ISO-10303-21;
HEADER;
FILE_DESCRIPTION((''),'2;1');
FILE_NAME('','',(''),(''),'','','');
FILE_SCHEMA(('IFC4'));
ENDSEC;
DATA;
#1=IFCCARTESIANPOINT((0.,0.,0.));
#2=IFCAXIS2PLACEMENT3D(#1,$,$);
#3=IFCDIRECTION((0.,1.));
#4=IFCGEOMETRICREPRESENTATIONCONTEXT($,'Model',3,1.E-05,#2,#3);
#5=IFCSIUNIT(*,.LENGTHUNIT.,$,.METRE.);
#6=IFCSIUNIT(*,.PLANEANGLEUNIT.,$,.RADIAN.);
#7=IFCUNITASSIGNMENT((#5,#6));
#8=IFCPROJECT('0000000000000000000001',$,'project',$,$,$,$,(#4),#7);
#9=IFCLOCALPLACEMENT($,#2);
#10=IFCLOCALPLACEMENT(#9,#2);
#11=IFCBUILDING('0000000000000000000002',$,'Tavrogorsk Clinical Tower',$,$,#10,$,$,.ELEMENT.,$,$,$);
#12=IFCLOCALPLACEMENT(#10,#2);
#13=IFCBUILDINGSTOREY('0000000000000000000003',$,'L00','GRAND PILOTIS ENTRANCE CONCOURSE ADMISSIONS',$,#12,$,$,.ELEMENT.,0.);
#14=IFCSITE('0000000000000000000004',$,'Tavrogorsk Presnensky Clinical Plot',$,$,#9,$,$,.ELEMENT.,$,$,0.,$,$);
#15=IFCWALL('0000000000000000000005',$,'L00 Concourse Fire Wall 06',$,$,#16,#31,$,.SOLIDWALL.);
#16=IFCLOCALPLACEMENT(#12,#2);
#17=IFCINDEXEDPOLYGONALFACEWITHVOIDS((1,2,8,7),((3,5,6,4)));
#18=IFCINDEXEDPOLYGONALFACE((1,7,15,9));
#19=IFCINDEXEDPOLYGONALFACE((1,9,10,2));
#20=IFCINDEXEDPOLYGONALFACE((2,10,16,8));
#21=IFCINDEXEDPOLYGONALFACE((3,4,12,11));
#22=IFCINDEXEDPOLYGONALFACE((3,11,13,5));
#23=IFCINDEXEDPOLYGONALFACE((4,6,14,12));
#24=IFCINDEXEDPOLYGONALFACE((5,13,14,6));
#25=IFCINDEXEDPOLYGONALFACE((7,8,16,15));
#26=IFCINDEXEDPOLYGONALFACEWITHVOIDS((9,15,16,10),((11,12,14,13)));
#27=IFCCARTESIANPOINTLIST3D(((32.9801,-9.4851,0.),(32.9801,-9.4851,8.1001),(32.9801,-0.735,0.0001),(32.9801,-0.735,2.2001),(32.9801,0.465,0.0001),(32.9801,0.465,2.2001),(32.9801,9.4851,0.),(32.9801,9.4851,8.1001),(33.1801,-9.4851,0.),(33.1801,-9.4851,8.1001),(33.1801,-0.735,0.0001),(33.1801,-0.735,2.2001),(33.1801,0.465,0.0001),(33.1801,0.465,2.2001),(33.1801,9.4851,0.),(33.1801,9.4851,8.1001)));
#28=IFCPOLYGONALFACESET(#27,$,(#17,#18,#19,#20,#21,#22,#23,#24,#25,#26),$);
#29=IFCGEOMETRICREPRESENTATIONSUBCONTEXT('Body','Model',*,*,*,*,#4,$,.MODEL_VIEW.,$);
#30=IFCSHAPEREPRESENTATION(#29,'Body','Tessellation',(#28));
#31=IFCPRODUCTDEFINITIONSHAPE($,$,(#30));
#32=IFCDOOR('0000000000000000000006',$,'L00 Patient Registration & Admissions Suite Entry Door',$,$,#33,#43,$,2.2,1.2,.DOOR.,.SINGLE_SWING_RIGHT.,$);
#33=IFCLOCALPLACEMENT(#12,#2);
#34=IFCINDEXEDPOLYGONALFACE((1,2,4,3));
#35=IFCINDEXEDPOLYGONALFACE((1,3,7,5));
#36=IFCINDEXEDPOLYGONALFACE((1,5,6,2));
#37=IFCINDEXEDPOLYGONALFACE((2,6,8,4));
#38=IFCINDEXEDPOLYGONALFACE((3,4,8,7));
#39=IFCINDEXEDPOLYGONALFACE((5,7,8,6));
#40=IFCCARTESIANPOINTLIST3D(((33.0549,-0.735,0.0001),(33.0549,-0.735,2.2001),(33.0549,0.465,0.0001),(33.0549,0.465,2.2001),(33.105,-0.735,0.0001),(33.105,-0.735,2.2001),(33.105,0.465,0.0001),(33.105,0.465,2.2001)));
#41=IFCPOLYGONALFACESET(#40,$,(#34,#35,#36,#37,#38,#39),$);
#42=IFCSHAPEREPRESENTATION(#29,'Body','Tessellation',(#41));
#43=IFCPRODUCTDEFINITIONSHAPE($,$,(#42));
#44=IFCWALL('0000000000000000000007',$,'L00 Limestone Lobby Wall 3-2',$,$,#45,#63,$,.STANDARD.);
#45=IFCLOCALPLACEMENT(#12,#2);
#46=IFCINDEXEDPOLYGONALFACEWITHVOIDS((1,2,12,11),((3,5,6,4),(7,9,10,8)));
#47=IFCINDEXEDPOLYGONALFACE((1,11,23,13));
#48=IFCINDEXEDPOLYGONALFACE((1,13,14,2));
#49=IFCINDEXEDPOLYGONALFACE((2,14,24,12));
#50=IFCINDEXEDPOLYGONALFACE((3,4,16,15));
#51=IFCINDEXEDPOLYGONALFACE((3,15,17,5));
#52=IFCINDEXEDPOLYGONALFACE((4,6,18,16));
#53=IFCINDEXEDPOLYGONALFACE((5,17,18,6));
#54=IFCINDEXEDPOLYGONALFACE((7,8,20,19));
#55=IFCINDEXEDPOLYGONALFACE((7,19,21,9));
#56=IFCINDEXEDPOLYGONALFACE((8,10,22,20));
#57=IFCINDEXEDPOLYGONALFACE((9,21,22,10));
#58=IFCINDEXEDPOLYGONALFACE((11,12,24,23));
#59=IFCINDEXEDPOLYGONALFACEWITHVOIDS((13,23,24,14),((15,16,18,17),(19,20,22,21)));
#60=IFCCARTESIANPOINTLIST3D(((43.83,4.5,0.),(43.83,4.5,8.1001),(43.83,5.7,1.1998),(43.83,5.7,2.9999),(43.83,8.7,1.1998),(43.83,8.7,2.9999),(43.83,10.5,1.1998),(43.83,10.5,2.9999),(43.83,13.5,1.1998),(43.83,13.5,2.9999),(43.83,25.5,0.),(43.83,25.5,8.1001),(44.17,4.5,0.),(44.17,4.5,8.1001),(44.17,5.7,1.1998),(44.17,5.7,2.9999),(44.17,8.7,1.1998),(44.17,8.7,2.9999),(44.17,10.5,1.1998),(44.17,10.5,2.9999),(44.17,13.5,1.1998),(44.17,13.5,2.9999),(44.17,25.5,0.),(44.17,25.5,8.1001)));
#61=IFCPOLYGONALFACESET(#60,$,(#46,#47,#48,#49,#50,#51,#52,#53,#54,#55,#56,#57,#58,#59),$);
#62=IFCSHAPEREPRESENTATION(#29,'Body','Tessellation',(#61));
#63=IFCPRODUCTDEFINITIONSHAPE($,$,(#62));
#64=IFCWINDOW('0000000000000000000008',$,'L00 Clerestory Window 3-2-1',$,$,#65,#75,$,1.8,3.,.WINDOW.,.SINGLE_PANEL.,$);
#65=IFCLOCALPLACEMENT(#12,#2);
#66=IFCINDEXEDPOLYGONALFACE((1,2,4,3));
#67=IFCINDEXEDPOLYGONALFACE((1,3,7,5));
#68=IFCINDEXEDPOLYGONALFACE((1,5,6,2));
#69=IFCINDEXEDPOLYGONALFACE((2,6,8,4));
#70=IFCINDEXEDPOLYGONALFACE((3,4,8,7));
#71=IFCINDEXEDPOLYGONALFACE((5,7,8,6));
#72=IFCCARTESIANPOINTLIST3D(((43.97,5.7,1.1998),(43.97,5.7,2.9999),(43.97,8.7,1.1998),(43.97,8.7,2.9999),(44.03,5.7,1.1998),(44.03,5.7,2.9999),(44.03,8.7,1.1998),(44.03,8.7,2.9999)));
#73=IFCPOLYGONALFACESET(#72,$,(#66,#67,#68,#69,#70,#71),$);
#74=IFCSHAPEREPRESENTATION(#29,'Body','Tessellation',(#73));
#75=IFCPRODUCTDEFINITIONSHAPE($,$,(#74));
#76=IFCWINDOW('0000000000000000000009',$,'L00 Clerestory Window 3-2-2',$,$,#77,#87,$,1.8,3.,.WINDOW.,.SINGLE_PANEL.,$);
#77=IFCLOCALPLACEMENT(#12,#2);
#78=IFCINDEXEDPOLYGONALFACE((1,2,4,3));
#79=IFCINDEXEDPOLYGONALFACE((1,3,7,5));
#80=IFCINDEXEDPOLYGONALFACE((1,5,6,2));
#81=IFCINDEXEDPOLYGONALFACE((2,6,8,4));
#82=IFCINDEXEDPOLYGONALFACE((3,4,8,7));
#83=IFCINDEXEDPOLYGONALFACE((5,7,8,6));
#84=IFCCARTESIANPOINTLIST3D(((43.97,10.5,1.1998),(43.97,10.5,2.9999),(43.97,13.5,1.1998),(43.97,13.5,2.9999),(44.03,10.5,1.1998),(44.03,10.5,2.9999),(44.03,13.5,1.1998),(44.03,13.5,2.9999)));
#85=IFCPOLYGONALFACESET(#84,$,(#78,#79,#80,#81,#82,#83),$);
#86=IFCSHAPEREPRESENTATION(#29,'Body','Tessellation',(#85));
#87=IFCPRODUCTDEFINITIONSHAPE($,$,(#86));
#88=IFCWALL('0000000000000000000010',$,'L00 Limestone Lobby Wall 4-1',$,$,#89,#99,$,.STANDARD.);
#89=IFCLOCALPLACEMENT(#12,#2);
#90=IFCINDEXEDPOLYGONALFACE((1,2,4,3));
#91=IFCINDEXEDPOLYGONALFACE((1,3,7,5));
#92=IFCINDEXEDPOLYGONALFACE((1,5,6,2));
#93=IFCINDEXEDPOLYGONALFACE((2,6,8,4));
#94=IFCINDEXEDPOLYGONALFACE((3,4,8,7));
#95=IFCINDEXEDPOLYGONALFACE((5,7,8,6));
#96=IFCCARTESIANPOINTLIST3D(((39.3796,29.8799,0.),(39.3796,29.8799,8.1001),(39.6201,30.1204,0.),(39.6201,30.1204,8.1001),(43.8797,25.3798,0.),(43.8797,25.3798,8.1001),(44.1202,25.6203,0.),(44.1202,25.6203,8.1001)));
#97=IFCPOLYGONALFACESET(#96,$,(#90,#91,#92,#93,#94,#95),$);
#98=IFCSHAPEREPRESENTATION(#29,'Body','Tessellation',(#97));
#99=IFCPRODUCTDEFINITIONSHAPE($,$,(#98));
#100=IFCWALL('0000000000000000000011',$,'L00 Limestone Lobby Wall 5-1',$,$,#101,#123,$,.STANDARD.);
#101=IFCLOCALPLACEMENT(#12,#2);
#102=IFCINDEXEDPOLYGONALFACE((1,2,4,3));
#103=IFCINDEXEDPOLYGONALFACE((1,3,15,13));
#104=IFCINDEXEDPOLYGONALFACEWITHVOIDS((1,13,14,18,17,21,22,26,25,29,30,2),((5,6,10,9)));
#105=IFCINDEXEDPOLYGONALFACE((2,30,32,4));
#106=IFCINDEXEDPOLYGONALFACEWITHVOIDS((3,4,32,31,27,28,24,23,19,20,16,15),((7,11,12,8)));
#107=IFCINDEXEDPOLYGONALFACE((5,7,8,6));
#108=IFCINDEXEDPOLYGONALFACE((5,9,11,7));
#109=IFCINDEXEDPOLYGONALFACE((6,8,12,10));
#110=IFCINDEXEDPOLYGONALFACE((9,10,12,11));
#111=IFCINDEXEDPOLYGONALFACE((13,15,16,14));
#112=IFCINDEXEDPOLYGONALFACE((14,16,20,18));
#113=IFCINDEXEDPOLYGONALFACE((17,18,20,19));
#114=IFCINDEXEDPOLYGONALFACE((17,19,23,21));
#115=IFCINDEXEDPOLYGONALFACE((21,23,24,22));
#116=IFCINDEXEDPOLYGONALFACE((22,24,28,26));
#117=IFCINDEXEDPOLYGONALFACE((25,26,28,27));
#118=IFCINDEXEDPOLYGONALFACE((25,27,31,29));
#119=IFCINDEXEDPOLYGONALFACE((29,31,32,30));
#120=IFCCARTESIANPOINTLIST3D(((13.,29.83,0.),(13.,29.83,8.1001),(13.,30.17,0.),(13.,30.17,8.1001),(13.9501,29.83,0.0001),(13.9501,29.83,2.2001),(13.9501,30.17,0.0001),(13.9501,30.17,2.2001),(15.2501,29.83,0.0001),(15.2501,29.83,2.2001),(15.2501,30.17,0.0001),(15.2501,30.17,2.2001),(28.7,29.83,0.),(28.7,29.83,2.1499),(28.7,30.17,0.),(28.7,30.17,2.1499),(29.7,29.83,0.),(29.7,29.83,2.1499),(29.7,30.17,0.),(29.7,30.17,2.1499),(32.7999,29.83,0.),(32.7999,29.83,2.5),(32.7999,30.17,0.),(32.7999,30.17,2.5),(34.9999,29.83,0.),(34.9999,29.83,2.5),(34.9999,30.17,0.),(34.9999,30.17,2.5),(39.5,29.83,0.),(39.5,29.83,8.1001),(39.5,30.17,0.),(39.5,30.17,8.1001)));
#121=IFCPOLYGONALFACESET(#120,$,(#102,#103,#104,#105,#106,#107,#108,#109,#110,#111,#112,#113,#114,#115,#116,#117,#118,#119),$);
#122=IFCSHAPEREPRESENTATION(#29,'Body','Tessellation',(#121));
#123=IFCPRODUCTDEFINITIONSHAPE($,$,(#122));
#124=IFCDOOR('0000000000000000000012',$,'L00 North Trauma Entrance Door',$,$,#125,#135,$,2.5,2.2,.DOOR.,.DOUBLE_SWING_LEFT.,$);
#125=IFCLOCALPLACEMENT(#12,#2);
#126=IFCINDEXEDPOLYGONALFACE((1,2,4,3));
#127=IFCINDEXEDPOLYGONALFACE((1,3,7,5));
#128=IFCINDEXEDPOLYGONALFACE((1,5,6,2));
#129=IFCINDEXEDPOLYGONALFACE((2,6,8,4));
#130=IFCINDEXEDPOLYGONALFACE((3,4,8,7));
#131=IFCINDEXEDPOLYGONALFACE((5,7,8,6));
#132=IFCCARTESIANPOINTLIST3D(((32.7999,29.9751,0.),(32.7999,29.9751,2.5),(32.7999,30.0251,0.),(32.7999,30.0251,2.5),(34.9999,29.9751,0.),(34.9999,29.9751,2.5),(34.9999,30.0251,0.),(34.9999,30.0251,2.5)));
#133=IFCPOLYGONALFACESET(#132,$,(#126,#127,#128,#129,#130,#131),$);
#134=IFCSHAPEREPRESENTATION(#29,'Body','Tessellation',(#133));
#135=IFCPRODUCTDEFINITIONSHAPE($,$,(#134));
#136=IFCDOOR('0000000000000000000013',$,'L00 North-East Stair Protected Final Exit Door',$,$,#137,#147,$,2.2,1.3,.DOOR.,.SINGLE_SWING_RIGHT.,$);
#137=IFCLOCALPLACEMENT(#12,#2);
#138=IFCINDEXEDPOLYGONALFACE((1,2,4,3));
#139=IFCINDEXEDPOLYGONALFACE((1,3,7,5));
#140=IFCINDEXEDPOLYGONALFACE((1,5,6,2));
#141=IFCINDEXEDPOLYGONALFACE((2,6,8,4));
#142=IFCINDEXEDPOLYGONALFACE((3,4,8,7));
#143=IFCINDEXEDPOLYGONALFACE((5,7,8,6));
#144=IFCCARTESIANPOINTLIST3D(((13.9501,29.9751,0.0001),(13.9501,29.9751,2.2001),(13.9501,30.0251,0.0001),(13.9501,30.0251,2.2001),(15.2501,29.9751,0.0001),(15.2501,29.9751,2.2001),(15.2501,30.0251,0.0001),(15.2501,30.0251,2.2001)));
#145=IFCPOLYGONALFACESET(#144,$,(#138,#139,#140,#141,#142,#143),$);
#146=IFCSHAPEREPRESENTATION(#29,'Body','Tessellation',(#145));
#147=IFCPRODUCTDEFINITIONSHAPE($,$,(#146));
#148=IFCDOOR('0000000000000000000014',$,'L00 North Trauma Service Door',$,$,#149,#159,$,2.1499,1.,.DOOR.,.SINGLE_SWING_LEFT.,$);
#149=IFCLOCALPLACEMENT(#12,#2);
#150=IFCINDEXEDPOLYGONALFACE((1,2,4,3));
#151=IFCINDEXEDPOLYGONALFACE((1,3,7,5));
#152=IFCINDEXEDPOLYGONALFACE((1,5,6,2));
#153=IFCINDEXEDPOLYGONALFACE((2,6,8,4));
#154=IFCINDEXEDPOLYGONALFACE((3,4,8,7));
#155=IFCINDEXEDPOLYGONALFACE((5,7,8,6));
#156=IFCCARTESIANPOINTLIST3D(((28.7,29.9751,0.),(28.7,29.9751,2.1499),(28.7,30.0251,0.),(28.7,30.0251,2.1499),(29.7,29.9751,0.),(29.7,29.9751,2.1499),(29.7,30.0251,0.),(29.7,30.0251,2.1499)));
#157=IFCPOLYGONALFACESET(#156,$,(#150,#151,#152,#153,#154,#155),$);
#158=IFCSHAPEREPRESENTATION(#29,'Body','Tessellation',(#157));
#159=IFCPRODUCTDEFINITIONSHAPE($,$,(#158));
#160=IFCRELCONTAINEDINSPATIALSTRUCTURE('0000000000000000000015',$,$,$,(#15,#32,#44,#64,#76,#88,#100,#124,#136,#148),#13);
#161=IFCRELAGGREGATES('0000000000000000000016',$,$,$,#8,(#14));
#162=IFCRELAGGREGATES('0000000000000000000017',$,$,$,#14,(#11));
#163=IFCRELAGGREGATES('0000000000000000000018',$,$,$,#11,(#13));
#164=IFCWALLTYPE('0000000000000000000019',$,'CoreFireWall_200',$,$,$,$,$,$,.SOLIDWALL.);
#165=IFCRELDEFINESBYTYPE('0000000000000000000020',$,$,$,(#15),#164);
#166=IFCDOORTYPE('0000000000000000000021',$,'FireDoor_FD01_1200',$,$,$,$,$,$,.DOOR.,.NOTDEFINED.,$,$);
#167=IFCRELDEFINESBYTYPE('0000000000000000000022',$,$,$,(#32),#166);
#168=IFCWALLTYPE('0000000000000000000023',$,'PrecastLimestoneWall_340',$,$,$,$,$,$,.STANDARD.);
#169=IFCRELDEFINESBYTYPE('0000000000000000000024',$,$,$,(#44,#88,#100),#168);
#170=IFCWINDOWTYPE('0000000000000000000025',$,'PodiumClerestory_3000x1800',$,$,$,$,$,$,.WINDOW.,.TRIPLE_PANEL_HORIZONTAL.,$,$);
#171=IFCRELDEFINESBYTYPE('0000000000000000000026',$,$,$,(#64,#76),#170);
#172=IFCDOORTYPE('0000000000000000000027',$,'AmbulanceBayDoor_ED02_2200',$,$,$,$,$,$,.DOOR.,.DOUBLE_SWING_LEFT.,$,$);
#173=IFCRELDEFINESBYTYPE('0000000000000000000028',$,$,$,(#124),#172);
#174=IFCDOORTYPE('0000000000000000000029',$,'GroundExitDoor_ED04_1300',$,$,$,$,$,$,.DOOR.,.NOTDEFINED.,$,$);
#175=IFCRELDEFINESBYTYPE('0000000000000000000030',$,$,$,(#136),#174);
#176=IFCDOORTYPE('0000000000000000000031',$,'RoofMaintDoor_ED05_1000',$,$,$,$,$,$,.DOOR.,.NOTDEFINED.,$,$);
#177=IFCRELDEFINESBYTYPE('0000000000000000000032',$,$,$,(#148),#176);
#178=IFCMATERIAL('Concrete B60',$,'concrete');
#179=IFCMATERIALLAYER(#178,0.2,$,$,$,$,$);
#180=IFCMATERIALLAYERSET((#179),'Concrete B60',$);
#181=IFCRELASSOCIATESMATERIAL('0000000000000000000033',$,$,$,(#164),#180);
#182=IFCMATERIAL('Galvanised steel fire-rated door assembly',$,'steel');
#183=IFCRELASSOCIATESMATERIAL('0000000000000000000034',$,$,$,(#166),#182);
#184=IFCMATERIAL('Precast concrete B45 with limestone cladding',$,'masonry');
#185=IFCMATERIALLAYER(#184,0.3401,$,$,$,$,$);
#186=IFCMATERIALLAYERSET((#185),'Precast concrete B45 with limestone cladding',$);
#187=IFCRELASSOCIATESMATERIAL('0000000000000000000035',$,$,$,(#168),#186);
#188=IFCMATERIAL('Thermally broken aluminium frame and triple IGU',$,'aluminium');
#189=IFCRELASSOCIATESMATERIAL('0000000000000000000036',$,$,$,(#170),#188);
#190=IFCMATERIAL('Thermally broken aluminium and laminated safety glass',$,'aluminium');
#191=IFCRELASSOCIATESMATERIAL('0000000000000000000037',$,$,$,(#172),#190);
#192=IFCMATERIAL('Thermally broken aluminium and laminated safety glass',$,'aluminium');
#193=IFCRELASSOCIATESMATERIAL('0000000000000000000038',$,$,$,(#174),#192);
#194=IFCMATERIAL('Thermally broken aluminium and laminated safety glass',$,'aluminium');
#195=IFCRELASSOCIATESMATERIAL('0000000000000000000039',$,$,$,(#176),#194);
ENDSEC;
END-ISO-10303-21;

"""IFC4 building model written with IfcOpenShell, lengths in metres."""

from ifc_helpers import new_model, si_unit, direction, frame, frame_2d, origin, place, context, subcontext, project, spatial, rectangle, extrude, material, layer, layer_set, type_object, element, fill, save


model = new_model("IFC4")

# Units and contexts
model_context = context("Model", 3, precision=1e-05, world=origin(), true_north=direction((0.0, 1.0)))
body_context = subcontext(model_context, "Body", "Model", "MODEL_VIEW")
ifc_project = project(units=[si_unit("LENGTHUNIT", "METRE"), si_unit("PLANEANGLEUNIT", "RADIAN")], contexts=[model_context])

# Site, building, storey
site_placement = place(None, origin())
site = spatial("IfcSite", under=ifc_project, at=site_placement, Name="Tavrogorsk Presnensky Clinical Plot", CompositionType="ELEMENT", RefElevation=0.0)
building_placement = place(site_placement, origin())
building = spatial("IfcBuilding", under=site, at=building_placement, Name="Tavrogorsk Clinical Tower", CompositionType="ELEMENT")
storey_placement = place(building_placement, origin())
storey = spatial("IfcBuildingStorey", under=building, at=storey_placement, Name="L00", Description="GRAND PILOTIS ENTRANCE CONCOURSE ADMISSIONS", CompositionType="ELEMENT", Elevation=0.0)

# Wall, opening, door
ifc_material_1 = material(Name="Concrete B60", Category="concrete")
ifc_layer_1 = layer(ifc_material_1, 0.2)
ifc_layer_set_1 = layer_set([ifc_layer_1], Name="Concrete B60")
wall_type_1 = type_object("IfcWallType", Name="CoreFireWall_200", PredefinedType="SOLIDWALL", material=ifc_layer_set_1)
wall_1_placement = place(storey_placement, frame((33.0801, 9.4851, 0.0), z_axis=(0.0, 0.0, 1.0), x_axis=(0.0, -1.0, 0.0)))
wall_1 = element("IfcWall", 1, at=wall_1_placement, inside=storey, type_object=wall_type_1, Name="L00 Concourse Fire Wall 06", PredefinedType="SOLIDWALL", context=body_context, shape_type="SweptSolid", body=[
    extrude(rectangle(XDim=18.9702, YDim=0.2, at=frame_2d((9.4851, 0.0))), origin(), (0.0, 0.0, 1.0), 8.1001),
])
opening_1_placement = place(wall_1_placement, frame((9.02, 0.0, 0.0)))
opening_1 = element("IfcOpeningElement", 2, at=opening_1_placement, cuts=wall_1, PredefinedType="OPENING", context=body_context, shape_type="SweptSolid", body=[
    extrude(rectangle(XDim=1.2, YDim=2.2, at=frame_2d((0.6001, 1.1001))), frame((0.0, 0.1099, 0.0), z_axis=(0.0, -1.0, 0.0), x_axis=(1.0, 0.0, 0.0)), (0.0, 0.0, 1.0), 0.22),
])
ifc_material_2 = material(Name="Galvanised steel fire-rated door assembly", Category="steel")
door_type_1 = type_object("IfcDoorType", Name="FireDoor_FD01_1200", OperationType="NOTDEFINED", PredefinedType="DOOR", material=ifc_material_2)
door_1_placement = place(opening_1_placement, origin())
door_1 = element("IfcDoor", 3, at=door_1_placement, inside=storey, type_object=door_type_1, Name="L00 Patient Registration & Admissions Suite Entry Door", OperationType="SINGLE_SWING_RIGHT", OverallHeight=2.2, OverallWidth=1.2, PredefinedType="DOOR", context=body_context, shape_type="SweptSolid", body=[
    extrude(rectangle(XDim=1.2, YDim=2.2, at=frame_2d((0.6001, 1.1001))), frame((0.0, 0.0249, 0.0), z_axis=(0.0, -1.0, 0.0), x_axis=(1.0, 0.0, 0.0)), (0.0, 0.0, 1.0), 0.05),
])
fill(opening_1, door_1)

# Wall, openings, windows
ifc_material_3 = material(Name="Precast concrete B45 with limestone cladding", Category="masonry")
ifc_layer_2 = layer(ifc_material_3, 0.3401)
ifc_layer_set_2 = layer_set([ifc_layer_2], Name="Precast concrete B45 with limestone cladding")
wall_type_2 = type_object("IfcWallType", Name="PrecastLimestoneWall_340", PredefinedType="STANDARD", material=ifc_layer_set_2)
wall_2_placement = place(storey_placement, frame((44.0, 4.5, 0.0), z_axis=(0.0, 0.0, 1.0), x_axis=(0.0, 1.0, 0.0)))
wall_2 = element("IfcWall", 4, at=wall_2_placement, inside=storey, type_object=wall_type_2, Name="L00 Limestone Lobby Wall 3-2", PredefinedType="STANDARD", context=body_context, shape_type="SweptSolid", body=[
    extrude(rectangle(XDim=21.0, YDim=0.3401, at=frame_2d((10.5, 0.0))), origin(), (0.0, 0.0, 1.0), 8.1001),
])
opening_2_placement = place(wall_2_placement, frame((1.2, 0.0, 1.2)))
opening_2 = element("IfcOpeningElement", 5, at=opening_2_placement, cuts=wall_2, PredefinedType="OPENING", context=body_context, shape_type="SweptSolid", body=[
    extrude(rectangle(XDim=3.0, YDim=1.8, at=frame_2d((1.5, 0.8999))), frame((0.0, 0.1799, 0.0), z_axis=(0.0, -1.0, 0.0), x_axis=(1.0, 0.0, 0.0)), (0.0, 0.0, 1.0), 0.3601),
])
opening_3_placement = place(wall_2_placement, frame((6.0, 0.0, 1.2)))
opening_3 = element("IfcOpeningElement", 6, at=opening_3_placement, cuts=wall_2, PredefinedType="OPENING", context=body_context, shape_type="SweptSolid", body=[
    extrude(rectangle(XDim=3.0, YDim=1.8, at=frame_2d((1.5, 0.8999))), frame((0.0, 0.1799, 0.0), z_axis=(0.0, -1.0, 0.0), x_axis=(1.0, 0.0, 0.0)), (0.0, 0.0, 1.0), 0.3601),
])
ifc_material_4 = material(Name="Thermally broken aluminium frame and triple IGU", Category="aluminium")
window_type = type_object("IfcWindowType", Name="PodiumClerestory_3000x1800", PartitioningType="TRIPLE_PANEL_HORIZONTAL", PredefinedType="WINDOW", material=ifc_material_4)
window_1_placement = place(opening_2_placement, origin())
window_1 = element("IfcWindow", 7, at=window_1_placement, inside=storey, type_object=window_type, Name="L00 Clerestory Window 3-2-1", OverallHeight=1.8, OverallWidth=3.0, PartitioningType="SINGLE_PANEL", PredefinedType="WINDOW", context=body_context, shape_type="SweptSolid", body=[
    extrude(rectangle(XDim=3.0, YDim=1.8, at=frame_2d((1.5, 0.8999))), frame((0.0, 0.03, 0.0), z_axis=(0.0, -1.0, 0.0), x_axis=(1.0, 0.0, 0.0)), (0.0, 0.0, 1.0), 0.0601),
])
fill(opening_2, window_1)
window_2_placement = place(opening_3_placement, origin())
window_2 = element("IfcWindow", 8, at=window_2_placement, inside=storey, type_object=window_type, Name="L00 Clerestory Window 3-2-2", OverallHeight=1.8, OverallWidth=3.0, PartitioningType="SINGLE_PANEL", PredefinedType="WINDOW", context=body_context, shape_type="SweptSolid", body=[
    extrude(rectangle(XDim=3.0, YDim=1.8, at=frame_2d((1.5, 0.8999))), frame((0.0, 0.03, 0.0), z_axis=(0.0, -1.0, 0.0), x_axis=(1.0, 0.0, 0.0)), (0.0, 0.0, 1.0), 0.0601),
])
fill(opening_3, window_2)

# Wall
wall_3_placement = place(storey_placement, frame((44.0, 25.5, 0.0), z_axis=(0.0, 0.0, 1.0), x_axis=(-0.707107, 0.707107, 0.0)))
element("IfcWall", 9, at=wall_3_placement, inside=storey, type_object=wall_type_2, Name="L00 Limestone Lobby Wall 4-1", PredefinedType="STANDARD", context=body_context, shape_type="SweptSolid", body=[
    extrude(rectangle(XDim=6.364, YDim=0.3401, at=frame_2d((3.1821, 0.0))), origin(), (0.0, 0.0, 1.0), 8.1001),
])

# Wall, openings, doors
wall_4_placement = place(storey_placement, frame((39.5, 30.0, 0.0), z_axis=(0.0, 0.0, 1.0), x_axis=(-1.0, 0.0, 0.0)))
wall_4 = element("IfcWall", 10, at=wall_4_placement, inside=storey, type_object=wall_type_2, Name="L00 Limestone Lobby Wall 5-1", PredefinedType="STANDARD", context=body_context, shape_type="SweptSolid", body=[
    extrude(rectangle(XDim=26.5, YDim=0.3401, at=frame_2d((13.25, 0.0))), origin(), (0.0, 0.0, 1.0), 8.1001),
])
opening_4_placement = place(wall_4_placement, frame((9.8, 0.0, 0.0)))
opening_4 = element("IfcOpeningElement", 11, at=opening_4_placement, cuts=wall_4, PredefinedType="OPENING", context=body_context, shape_type="SweptSolid", body=[
    extrude(rectangle(XDim=1.0, YDim=2.1499, at=frame_2d((0.5, 1.075))), frame((0.0, 0.1799, 0.0), z_axis=(0.0, -1.0, 0.0), x_axis=(1.0, 0.0, 0.0)), (0.0, 0.0, 1.0), 0.3601),
])
opening_5_placement = place(wall_4_placement, frame((4.5, 0.0, 0.0)))
opening_5 = element("IfcOpeningElement", 12, at=opening_5_placement, cuts=wall_4, PredefinedType="OPENING", context=body_context, shape_type="SweptSolid", body=[
    extrude(rectangle(XDim=2.2, YDim=2.5, at=frame_2d((1.1001, 1.25))), frame((0.0, 0.1799, 0.0), z_axis=(0.0, -1.0, 0.0), x_axis=(1.0, 0.0, 0.0)), (0.0, 0.0, 1.0), 0.3601),
])
opening_6_placement = place(wall_4_placement, frame((24.25, 0.0, 0.0)))
opening_6 = element("IfcOpeningElement", 13, at=opening_6_placement, cuts=wall_4, PredefinedType="OPENING", context=body_context, shape_type="SweptSolid", body=[
    extrude(rectangle(XDim=1.3, YDim=2.2, at=frame_2d((0.6499, 1.1001))), frame((0.0, 0.1799, 0.0), z_axis=(0.0, -1.0, 0.0), x_axis=(1.0, 0.0, 0.0)), (0.0, 0.0, 1.0), 0.3601),
])
ifc_material_5 = material(Name="Thermally broken aluminium and laminated safety glass", Category="aluminium")
door_type_2 = type_object("IfcDoorType", Name="AmbulanceBayDoor_ED02_2200", OperationType="DOUBLE_SWING_LEFT", PredefinedType="DOOR", material=ifc_material_5)
door_2_placement = place(opening_5_placement, origin())
door_2 = element("IfcDoor", 14, at=door_2_placement, inside=storey, type_object=door_type_2, Name="L00 North Trauma Entrance Door", OperationType="DOUBLE_SWING_LEFT", OverallHeight=2.5, OverallWidth=2.2, PredefinedType="DOOR", context=body_context, shape_type="SweptSolid", body=[
    extrude(rectangle(XDim=2.2, YDim=2.5, at=frame_2d((1.1001, 1.25))), frame((0.0, 0.0249, 0.0), z_axis=(0.0, -1.0, 0.0), x_axis=(1.0, 0.0, 0.0)), (0.0, 0.0, 1.0), 0.05),
])
fill(opening_5, door_2)
ifc_material_6 = material(Name="Thermally broken aluminium and laminated safety glass", Category="aluminium")
door_type_3 = type_object("IfcDoorType", Name="GroundExitDoor_ED04_1300", OperationType="NOTDEFINED", PredefinedType="DOOR", material=ifc_material_6)
door_3_placement = place(opening_6_placement, origin())
door_3 = element("IfcDoor", 15, at=door_3_placement, inside=storey, type_object=door_type_3, Name="L00 North-East Stair Protected Final Exit Door", OperationType="SINGLE_SWING_RIGHT", OverallHeight=2.2, OverallWidth=1.3, PredefinedType="DOOR", context=body_context, shape_type="SweptSolid", body=[
    extrude(rectangle(XDim=1.3, YDim=2.2, at=frame_2d((0.6499, 1.1001))), frame((0.0, 0.0249, 0.0), z_axis=(0.0, -1.0, 0.0), x_axis=(1.0, 0.0, 0.0)), (0.0, 0.0, 1.0), 0.05),
])
fill(opening_6, door_3)
ifc_material_7 = material(Name="Thermally broken aluminium and laminated safety glass", Category="aluminium")
door_type_4 = type_object("IfcDoorType", Name="RoofMaintDoor_ED05_1000", OperationType="NOTDEFINED", PredefinedType="DOOR", material=ifc_material_7)
door_4_placement = place(opening_4_placement, origin())
door_4 = element("IfcDoor", 16, at=door_4_placement, inside=storey, type_object=door_type_4, Name="L00 North Trauma Service Door", OperationType="SINGLE_SWING_LEFT", OverallHeight=2.1499, OverallWidth=1.0, PredefinedType="DOOR", context=body_context, shape_type="SweptSolid", body=[
    extrude(rectangle(XDim=1.0, YDim=2.1499, at=frame_2d((0.5, 1.075))), frame((0.0, 0.0249, 0.0), z_axis=(0.0, -1.0, 0.0), x_axis=(1.0, 0.0, 0.0)), (0.0, 0.0, 1.0), 0.05),
])
fill(opening_4, door_4)

save(model, "model.ifc")
